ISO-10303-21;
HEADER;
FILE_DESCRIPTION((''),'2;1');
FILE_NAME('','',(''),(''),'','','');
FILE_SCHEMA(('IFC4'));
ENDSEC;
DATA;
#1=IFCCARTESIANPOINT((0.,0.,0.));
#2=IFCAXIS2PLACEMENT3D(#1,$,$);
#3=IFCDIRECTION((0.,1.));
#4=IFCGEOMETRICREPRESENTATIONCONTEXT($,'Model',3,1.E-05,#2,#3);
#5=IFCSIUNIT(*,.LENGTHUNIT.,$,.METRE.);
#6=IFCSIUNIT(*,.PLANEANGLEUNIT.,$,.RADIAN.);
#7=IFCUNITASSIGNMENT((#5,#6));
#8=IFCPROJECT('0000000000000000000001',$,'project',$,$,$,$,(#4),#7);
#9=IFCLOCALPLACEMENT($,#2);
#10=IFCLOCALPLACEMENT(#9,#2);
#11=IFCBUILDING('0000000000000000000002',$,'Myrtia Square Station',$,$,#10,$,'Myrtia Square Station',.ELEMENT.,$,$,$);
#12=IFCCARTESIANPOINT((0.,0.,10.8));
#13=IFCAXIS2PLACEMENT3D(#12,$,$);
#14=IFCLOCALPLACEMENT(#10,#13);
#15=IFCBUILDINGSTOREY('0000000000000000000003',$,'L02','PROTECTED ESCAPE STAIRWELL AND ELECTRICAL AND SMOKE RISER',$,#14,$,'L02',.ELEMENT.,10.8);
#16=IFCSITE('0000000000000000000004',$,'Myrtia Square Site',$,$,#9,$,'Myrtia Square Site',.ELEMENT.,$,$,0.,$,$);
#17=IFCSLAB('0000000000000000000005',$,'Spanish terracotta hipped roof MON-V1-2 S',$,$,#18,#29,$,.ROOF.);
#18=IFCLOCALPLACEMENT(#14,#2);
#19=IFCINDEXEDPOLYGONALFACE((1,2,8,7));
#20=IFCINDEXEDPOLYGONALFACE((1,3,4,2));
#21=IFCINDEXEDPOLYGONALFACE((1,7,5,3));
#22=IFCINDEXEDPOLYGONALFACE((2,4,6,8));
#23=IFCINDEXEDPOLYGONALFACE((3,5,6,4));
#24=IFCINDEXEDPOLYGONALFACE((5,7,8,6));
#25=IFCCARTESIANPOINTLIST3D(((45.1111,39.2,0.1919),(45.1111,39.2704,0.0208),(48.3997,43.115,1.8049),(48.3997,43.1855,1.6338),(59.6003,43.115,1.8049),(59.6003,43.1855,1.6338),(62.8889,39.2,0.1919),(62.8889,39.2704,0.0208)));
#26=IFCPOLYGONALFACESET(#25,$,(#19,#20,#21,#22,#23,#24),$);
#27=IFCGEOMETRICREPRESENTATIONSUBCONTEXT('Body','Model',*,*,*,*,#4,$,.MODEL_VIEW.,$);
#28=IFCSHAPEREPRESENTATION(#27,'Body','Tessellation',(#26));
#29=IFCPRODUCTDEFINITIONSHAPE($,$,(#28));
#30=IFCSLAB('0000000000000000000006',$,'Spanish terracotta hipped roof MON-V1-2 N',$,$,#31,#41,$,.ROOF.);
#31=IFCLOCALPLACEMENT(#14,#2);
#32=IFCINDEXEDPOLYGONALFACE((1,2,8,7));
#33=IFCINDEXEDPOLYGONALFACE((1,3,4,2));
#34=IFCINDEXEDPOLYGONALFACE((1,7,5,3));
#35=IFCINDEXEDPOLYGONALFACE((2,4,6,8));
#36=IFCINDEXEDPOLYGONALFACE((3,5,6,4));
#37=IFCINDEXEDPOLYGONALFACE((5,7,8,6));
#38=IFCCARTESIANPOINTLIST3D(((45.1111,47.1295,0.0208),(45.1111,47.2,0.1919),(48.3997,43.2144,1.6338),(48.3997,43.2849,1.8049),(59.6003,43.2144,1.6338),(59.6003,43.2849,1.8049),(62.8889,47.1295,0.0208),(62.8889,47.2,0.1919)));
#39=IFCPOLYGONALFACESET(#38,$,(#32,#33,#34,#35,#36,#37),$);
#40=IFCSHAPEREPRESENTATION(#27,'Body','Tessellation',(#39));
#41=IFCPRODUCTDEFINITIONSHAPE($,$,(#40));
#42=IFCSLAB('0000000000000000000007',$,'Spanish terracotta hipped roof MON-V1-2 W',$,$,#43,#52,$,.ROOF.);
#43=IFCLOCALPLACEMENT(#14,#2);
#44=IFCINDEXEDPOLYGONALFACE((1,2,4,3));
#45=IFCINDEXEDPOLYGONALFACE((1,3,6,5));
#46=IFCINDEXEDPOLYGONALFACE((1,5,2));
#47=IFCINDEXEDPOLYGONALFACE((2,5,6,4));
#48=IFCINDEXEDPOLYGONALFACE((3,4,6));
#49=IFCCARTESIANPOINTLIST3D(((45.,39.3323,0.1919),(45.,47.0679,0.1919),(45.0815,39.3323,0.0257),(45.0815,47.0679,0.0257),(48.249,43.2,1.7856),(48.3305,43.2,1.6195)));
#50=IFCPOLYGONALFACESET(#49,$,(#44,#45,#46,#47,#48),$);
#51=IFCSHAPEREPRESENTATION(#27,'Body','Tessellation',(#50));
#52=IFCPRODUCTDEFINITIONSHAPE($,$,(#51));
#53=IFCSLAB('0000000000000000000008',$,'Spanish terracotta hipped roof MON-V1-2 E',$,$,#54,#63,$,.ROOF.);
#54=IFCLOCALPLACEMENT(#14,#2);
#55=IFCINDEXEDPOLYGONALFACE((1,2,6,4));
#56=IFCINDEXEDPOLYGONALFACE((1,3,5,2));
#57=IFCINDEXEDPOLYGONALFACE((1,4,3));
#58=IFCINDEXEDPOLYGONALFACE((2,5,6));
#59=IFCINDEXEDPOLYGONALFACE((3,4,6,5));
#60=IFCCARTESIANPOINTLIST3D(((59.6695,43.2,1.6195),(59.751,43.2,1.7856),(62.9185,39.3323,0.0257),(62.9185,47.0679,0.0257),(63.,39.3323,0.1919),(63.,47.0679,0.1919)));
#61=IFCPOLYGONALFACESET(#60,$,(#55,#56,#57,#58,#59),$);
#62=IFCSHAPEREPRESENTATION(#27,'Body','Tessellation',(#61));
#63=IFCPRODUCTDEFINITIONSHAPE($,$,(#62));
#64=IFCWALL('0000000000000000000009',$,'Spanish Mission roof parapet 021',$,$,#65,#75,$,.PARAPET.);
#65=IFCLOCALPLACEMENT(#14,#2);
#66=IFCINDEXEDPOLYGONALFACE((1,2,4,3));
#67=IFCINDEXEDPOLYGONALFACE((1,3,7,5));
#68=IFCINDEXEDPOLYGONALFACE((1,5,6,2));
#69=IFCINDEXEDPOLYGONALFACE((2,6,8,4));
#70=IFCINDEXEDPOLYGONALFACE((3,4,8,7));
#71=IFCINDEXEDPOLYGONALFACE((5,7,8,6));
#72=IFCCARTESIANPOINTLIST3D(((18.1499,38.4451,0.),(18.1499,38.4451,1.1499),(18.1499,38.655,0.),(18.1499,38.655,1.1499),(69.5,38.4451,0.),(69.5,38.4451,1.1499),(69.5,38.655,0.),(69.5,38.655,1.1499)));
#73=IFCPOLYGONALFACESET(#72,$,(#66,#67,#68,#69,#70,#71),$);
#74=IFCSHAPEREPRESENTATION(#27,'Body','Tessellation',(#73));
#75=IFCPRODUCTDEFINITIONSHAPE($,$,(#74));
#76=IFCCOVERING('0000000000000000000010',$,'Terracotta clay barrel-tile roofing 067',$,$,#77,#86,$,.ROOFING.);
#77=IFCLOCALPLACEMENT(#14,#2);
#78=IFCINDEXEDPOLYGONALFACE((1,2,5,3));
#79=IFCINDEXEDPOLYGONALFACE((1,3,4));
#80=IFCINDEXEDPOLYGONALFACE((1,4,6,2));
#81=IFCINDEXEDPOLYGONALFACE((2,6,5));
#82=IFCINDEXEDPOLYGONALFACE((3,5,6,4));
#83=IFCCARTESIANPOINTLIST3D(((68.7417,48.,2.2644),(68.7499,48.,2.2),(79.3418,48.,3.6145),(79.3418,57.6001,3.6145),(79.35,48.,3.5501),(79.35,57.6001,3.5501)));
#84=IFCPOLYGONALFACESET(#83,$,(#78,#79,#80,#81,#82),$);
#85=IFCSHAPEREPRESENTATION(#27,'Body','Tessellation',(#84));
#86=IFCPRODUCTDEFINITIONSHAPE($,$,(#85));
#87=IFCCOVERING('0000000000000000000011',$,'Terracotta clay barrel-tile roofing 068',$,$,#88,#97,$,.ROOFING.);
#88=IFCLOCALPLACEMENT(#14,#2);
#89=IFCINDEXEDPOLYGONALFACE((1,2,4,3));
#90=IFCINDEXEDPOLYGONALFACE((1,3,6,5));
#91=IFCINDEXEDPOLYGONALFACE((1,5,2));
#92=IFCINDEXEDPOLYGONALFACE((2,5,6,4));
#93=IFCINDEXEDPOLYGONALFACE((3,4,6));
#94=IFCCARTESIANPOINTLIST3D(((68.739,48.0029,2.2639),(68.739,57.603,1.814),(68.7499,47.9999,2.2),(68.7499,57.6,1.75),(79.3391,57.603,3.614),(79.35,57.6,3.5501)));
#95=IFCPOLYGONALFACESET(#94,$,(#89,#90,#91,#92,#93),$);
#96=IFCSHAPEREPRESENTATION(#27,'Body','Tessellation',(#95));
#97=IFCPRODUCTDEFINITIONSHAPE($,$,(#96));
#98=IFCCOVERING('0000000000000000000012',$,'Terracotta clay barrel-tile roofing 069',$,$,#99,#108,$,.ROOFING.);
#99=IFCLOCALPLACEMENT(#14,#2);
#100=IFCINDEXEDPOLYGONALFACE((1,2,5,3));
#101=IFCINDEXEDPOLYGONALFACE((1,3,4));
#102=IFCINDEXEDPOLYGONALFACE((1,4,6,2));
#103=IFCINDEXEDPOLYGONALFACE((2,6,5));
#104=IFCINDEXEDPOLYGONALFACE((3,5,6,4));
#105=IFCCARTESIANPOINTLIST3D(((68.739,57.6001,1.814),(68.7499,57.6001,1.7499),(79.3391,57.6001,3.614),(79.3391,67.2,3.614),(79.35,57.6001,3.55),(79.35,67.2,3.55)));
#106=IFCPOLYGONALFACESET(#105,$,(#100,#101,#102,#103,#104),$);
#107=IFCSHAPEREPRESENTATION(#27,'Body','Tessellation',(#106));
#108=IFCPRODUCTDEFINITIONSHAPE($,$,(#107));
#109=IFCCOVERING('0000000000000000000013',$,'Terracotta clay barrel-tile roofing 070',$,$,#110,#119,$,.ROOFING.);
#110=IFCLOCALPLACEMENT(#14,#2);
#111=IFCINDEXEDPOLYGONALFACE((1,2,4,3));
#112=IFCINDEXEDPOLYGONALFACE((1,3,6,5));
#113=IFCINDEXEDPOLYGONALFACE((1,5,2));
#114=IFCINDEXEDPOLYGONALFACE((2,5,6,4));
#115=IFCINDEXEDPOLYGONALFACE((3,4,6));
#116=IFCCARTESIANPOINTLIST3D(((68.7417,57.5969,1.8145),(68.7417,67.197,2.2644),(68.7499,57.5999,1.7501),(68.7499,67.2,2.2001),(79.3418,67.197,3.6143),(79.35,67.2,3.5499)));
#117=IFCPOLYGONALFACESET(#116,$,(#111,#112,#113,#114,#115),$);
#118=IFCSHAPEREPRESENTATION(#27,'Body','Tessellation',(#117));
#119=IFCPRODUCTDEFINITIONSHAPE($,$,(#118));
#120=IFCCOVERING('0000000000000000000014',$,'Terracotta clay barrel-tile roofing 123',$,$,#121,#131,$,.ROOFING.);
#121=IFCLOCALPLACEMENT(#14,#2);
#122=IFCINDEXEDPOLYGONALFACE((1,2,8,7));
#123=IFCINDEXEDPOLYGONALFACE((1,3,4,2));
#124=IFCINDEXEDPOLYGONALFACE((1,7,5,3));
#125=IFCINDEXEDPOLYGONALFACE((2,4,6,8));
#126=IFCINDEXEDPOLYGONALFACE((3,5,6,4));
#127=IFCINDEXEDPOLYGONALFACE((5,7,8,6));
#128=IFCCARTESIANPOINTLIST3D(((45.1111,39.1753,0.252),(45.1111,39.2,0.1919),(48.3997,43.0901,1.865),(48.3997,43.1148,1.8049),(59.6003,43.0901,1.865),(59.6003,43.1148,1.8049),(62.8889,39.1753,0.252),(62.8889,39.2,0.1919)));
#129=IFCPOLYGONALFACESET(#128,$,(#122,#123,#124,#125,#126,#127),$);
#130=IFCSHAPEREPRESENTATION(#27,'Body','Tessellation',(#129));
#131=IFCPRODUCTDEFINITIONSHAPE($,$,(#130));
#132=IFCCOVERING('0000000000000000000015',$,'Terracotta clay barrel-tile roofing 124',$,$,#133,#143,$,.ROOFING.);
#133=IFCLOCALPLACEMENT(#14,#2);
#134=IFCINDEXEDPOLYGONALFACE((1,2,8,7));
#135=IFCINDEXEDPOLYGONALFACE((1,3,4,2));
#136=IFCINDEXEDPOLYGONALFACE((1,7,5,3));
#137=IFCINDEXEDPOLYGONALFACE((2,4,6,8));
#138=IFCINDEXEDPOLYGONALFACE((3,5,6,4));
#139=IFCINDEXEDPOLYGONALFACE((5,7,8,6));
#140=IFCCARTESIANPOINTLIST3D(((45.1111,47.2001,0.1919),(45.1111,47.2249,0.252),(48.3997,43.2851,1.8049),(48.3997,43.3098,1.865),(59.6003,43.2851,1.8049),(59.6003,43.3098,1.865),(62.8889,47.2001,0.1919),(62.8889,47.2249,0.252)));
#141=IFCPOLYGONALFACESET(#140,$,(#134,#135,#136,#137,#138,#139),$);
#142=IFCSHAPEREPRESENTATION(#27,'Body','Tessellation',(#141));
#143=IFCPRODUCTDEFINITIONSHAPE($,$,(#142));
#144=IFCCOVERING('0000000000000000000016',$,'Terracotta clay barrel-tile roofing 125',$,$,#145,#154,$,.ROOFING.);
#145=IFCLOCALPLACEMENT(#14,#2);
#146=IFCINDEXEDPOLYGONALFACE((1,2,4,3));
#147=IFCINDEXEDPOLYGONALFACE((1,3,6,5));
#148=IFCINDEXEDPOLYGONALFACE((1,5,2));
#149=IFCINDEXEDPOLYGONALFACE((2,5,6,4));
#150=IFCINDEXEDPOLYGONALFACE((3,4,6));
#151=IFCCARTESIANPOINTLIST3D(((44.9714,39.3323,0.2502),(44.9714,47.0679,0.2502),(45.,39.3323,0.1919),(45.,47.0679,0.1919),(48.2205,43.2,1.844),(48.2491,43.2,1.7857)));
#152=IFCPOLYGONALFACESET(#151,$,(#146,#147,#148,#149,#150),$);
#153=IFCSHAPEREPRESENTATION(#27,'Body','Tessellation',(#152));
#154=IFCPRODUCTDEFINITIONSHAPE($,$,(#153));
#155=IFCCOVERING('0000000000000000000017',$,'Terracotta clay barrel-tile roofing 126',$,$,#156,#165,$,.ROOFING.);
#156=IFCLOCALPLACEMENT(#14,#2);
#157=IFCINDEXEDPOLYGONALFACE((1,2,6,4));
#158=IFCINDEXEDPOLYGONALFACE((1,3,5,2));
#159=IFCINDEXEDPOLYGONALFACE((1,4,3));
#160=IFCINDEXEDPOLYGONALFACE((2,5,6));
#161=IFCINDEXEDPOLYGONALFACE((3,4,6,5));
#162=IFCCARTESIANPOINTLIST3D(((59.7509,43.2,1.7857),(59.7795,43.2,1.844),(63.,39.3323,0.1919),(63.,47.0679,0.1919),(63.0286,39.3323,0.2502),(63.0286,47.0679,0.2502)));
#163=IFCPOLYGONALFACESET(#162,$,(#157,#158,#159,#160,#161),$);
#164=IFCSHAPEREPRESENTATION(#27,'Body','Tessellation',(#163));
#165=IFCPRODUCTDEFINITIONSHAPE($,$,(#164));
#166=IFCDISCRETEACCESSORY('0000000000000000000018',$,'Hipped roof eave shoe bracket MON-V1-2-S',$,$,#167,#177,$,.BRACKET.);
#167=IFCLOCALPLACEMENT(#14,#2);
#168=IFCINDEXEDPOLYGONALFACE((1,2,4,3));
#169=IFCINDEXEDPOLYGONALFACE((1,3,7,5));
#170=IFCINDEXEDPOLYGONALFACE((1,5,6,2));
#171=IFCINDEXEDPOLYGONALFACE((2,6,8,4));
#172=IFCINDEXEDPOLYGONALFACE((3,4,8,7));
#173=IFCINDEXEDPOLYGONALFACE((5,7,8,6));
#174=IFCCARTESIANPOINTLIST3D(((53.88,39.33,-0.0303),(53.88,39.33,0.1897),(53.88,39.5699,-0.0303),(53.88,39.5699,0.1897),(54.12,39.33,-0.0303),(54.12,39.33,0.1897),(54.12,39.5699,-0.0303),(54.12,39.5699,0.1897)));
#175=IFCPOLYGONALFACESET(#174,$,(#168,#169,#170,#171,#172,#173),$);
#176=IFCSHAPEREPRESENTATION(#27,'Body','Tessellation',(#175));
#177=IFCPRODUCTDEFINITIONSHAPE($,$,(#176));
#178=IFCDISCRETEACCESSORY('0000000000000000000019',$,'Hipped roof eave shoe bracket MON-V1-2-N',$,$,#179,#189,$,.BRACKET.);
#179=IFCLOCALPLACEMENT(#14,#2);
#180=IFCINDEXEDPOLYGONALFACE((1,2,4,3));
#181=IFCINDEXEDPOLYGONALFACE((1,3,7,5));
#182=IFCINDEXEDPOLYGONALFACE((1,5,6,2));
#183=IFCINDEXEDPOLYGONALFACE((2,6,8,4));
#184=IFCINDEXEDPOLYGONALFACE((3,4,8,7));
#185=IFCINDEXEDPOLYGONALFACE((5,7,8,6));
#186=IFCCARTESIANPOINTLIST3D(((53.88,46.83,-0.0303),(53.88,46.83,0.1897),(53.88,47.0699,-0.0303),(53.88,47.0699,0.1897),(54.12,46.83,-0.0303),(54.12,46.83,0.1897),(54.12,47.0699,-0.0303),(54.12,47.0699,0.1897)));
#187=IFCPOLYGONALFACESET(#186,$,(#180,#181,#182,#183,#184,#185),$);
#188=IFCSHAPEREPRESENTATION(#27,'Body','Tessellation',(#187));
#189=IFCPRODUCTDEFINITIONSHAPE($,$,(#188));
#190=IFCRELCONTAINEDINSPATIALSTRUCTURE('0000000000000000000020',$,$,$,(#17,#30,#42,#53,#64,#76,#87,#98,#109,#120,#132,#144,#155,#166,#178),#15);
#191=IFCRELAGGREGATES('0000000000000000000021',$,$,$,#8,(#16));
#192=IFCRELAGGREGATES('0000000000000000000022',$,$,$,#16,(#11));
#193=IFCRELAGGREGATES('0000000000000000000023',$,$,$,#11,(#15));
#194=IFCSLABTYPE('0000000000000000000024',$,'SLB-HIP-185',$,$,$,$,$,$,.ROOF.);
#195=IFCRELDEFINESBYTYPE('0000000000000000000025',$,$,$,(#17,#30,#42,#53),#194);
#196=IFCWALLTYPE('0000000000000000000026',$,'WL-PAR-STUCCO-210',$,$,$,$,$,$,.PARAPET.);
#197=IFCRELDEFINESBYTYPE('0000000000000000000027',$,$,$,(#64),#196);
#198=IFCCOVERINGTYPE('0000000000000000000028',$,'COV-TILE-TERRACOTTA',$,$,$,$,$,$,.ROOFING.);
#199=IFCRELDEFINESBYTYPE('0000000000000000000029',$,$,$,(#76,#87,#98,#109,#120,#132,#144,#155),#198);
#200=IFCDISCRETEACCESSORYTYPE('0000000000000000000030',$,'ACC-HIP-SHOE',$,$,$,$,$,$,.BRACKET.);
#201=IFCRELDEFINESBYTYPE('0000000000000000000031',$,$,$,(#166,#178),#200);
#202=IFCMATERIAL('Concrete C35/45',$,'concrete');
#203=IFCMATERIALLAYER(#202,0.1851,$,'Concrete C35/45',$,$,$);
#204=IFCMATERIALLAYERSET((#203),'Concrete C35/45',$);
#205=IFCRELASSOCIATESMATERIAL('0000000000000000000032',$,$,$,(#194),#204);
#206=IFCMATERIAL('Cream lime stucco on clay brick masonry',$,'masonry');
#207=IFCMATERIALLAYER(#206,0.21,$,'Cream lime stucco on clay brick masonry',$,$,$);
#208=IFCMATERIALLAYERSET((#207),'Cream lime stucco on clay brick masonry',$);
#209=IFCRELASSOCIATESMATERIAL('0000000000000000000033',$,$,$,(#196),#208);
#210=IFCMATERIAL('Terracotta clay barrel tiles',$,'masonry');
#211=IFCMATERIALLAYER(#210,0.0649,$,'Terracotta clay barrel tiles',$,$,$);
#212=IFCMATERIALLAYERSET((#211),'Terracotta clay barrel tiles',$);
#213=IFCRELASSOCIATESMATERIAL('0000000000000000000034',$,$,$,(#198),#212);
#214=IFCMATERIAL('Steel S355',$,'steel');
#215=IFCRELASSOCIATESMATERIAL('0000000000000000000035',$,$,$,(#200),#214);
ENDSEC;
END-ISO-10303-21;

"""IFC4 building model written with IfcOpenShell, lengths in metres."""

from ifc_helpers import new_model, si_unit, direction, frame, frame_2d, origin, origin_2d, place, context, subcontext, project, spatial, polyline, rectangle, outline, extrude, material, layer, layer_set, type_object, element, save


model = new_model("IFC4")

# Units and contexts
model_context = context("Model", 3, precision=1e-05, world=origin(), true_north=direction((0.0, 1.0)))
body_context = subcontext(model_context, "Body", "Model", "MODEL_VIEW")
ifc_project = project(units=[si_unit("LENGTHUNIT", "METRE"), si_unit("PLANEANGLEUNIT", "RADIAN")], contexts=[model_context])

# Site, building, storey
site_placement = place(None, origin())
site = spatial("IfcSite", under=ifc_project, at=site_placement, Name="Myrtia Square Site", LongName="Myrtia Square Site", CompositionType="ELEMENT", RefElevation=0.0)
building_placement = place(site_placement, origin())
building = spatial("IfcBuilding", under=site, at=building_placement, Name="Myrtia Square Station", LongName="Myrtia Square Station", CompositionType="ELEMENT")
storey_placement = place(building_placement, frame((0.0, 0.0, 10.8)))
storey = spatial("IfcBuildingStorey", under=building, at=storey_placement, Name="L02", Description="PROTECTED ESCAPE STAIRWELL AND ELECTRICAL AND SMOKE RISER", LongName="L02", CompositionType="ELEMENT", Elevation=10.8)

# Shared definitions
ifc_material_1 = material(Name="Steel S355", Category="steel")

# Slabs
ifc_material_2 = material(Name="Concrete C35/45", Category="concrete")
ifc_layer_1 = layer(ifc_material_2, 0.1851, Name="Concrete C35/45")
ifc_layer_set_1 = layer_set([ifc_layer_1], Name="Concrete C35/45")
slab_type_1 = type_object("IfcSlabType", Name="SLB-HIP-185", PredefinedType="ROOF", material=ifc_layer_set_1)
for number, where, z_axis, x_axis, name in (
    (1, (45.1111, 39.2, 0.1919), (0.0, -0.380944, 0.924598), (1.0, 0.0, 0.0), "Spanish terracotta hipped roof MON-V1-2 S"),
    (2, (62.8889, 47.2, 0.1919), (0.0, 0.380944, 0.924598), (-1.0, 0.0, 0.0), "Spanish terracotta hipped roof MON-V1-2 N"),
):
    element("IfcSlab", number, at=place(storey_placement, frame(where, z_axis=z_axis, x_axis=x_axis)), inside=storey, type_object=slab_type_1, Name=name, PredefinedType="ROOF", context=body_context, shape_type="SweptSolid", body=[
        extrude(outline(polyline([(0.0, 0.0), (17.7778, 0.0), (14.4893, 4.2343), (3.2886, 4.2343), (0.0, 0.0)])), origin(), (0.0, 0.0, -1.0), 0.1851),
    ])
slab_1_placement = place(storey_placement, frame((45.0, 47.0679, 0.1919), z_axis=(-0.4404, 0.0, 0.897801), x_axis=(0.0, -1.0, 0.0)))
element("IfcSlab", 3, at=slab_1_placement, inside=storey, type_object=slab_type_1, Name="Spanish terracotta hipped roof MON-V1-2 W", PredefinedType="ROOF", context=body_context, shape_type="SweptSolid", body=[
    extrude(outline(polyline([(0.0, 0.0), (7.7356, 0.0), (3.8679, 3.6189), (0.0, 0.0)])), origin(), (0.0, 0.0, -1.0), 0.1851),
])
slab_2_placement = place(storey_placement, frame((63.0, 39.3323, 0.1919), z_axis=(0.4404, 0.0, 0.897801), x_axis=(0.0, 1.0, 0.0)))
element("IfcSlab", 4, at=slab_2_placement, inside=storey, type_object=slab_type_1, Name="Spanish terracotta hipped roof MON-V1-2 E", PredefinedType="ROOF", context=body_context, shape_type="SweptSolid", body=[
    extrude(outline(polyline([(0.0, 0.0), (7.7356, 0.0), (3.8677, 3.6189), (0.0, 0.0)])), origin(), (0.0, 0.0, -1.0), 0.1851),
])

# Wall
ifc_material_3 = material(Name="Cream lime stucco on clay brick masonry", Category="masonry")
ifc_layer_2 = layer(ifc_material_3, 0.21, Name="Cream lime stucco on clay brick masonry")
ifc_layer_set_2 = layer_set([ifc_layer_2], Name="Cream lime stucco on clay brick masonry")
wall_type = type_object("IfcWallType", Name="WL-PAR-STUCCO-210", PredefinedType="PARAPET", material=ifc_layer_set_2)
wall_placement = place(storey_placement, frame((18.1499, 38.55, 0.0), z_axis=(0.0, 0.0, 1.0), x_axis=(1.0, 0.0, 0.0)))
element("IfcWall", 5, at=wall_placement, inside=storey, type_object=wall_type, Name="Spanish Mission roof parapet 021", PredefinedType="PARAPET", context=body_context, shape_type="SweptSolid", body=[
    extrude(rectangle(XDim=51.3501, YDim=0.21, at=frame_2d((25.675, 0.0))), origin(), (0.0, 0.0, 1.0), 1.1499),
])

# Coverings
ifc_material_4 = material(Name="Terracotta clay barrel tiles", Category="masonry")
ifc_layer_3 = layer(ifc_material_4, 0.0649, Name="Terracotta clay barrel tiles")
ifc_layer_set_3 = layer_set([ifc_layer_3], Name="Terracotta clay barrel tiles")
covering_type = type_object("IfcCoveringType", Name="COV-TILE-TERRACOTTA", PredefinedType="ROOFING", material=ifc_layer_set_3)
covering_1_placement = place(storey_placement, frame((68.7417, 48.0, 2.2644), z_axis=(-0.126346, 0.0, 0.991986), x_axis=(0.991986, 0.0, 0.126346)))
element("IfcCovering", 6, at=covering_1_placement, inside=storey, type_object=covering_type, Name="Terracotta clay barrel-tile roofing 067", PredefinedType="ROOFING", context=body_context, shape_type="SweptSolid", body=[
    extrude(outline(polyline([(0.0, 0.0), (10.6857, 0.0), (10.6857, 9.6001), (0.0, 0.0)])), origin(), (0.0, 0.0, -1.0), 0.0649),
])
covering_2_placement = place(storey_placement, frame((68.739, 48.0029, 2.2639), z_axis=(-0.167239, 0.046159, 0.984835), x_axis=(0.737923, 0.668308, 0.093987)))
element("IfcCovering", 7, at=covering_2_placement, inside=storey, type_object=covering_type, Name="Terracotta clay barrel-tile roofing 068", PredefinedType="ROOFING", context=body_context, shape_type="SweptSolid", body=[
    extrude(outline(polyline([(0.0, 0.0), (14.3648, 0.0), (6.3735, 7.1932), (0.0, 0.0)])), origin(), (0.0, 0.0, -1.0), 0.0649),
])
covering_3_placement = place(storey_placement, frame((68.739, 57.6001, 1.814), z_axis=(-0.167418, 0.0, 0.985886), x_axis=(0.985886, 0.0, 0.167418)))
element("IfcCovering", 8, at=covering_3_placement, inside=storey, type_object=covering_type, Name="Terracotta clay barrel-tile roofing 069", PredefinedType="ROOFING", context=body_context, shape_type="SweptSolid", body=[
    extrude(outline(polyline([(0.0, 0.0), (10.7518, 0.0), (10.7518, 9.5999), (0.0, 0.0)])), origin(), (0.0, 0.0, -1.0), 0.0649),
])
covering_4_placement = place(storey_placement, frame((68.7417, 57.5969, 1.8145), z_axis=(-0.126187, -0.046444, 0.990919), x_axis=(0.735403, 0.666026, 0.124865)))
element("IfcCovering", 9, at=covering_4_placement, inside=storey, type_object=covering_type, Name="Terracotta clay barrel-tile roofing 070", PredefinedType="ROOFING", context=body_context, shape_type="SweptSolid", body=[
    extrude(outline(polyline([(0.0, 0.0), (14.414, 0.0), (6.4501, 7.1246), (0.0, 0.0)])), origin(), (0.0, 0.0, -1.0), 0.0649),
])
covering_5_placement = place(storey_placement, frame((45.1111, 39.1753, 0.252), z_axis=(0.0, -0.380964, 0.92459), x_axis=(1.0, 0.0, 0.0)))
element("IfcCovering", 10, at=covering_5_placement, inside=storey, type_object=covering_type, Name="Terracotta clay barrel-tile roofing 123", PredefinedType="ROOFING", context=body_context, shape_type="SweptSolid", body=[
    extrude(outline(polyline([(0.0, 0.0), (17.7778, 0.0), (14.4893, 4.2341), (3.2886, 4.2341), (0.0, 0.0)])), origin(), (0.0, 0.0, -1.0), 0.0649),
])
covering_6_placement = place(storey_placement, frame((62.8889, 47.2249, 0.252), z_axis=(0.0, 0.380944, 0.924598), x_axis=(-1.0, 0.0, 0.0)))
element("IfcCovering", 11, at=covering_6_placement, inside=storey, type_object=covering_type, Name="Terracotta clay barrel-tile roofing 124", PredefinedType="ROOFING", context=body_context, shape_type="SweptSolid", body=[
    extrude(outline(polyline([(0.0, 0.0), (17.7778, 0.0), (14.4893, 4.2343), (3.2886, 4.2343), (0.0, 0.0)])), origin(), (0.0, 0.0, -1.0), 0.0649),
])
covering_7_placement = place(storey_placement, frame((44.9714, 47.0679, 0.2502), z_axis=(-0.4404, 0.0, 0.897801), x_axis=(0.0, -1.0, 0.0)))
element("IfcCovering", 12, at=covering_7_placement, inside=storey, type_object=covering_type, Name="Terracotta clay barrel-tile roofing 125", PredefinedType="ROOFING", context=body_context, shape_type="SweptSolid", body=[
    extrude(outline(polyline([(0.0, 0.0), (7.7356, 0.0), (3.8679, 3.6189), (0.0, 0.0)])), origin(), (0.0, 0.0, -1.0), 0.0649),
])
covering_8_placement = place(storey_placement, frame((63.0286, 39.3323, 0.2502), z_axis=(0.4404, 0.0, 0.897801), x_axis=(0.0, 1.0, 0.0)))
element("IfcCovering", 13, at=covering_8_placement, inside=storey, type_object=covering_type, Name="Terracotta clay barrel-tile roofing 126", PredefinedType="ROOFING", context=body_context, shape_type="SweptSolid", body=[
    extrude(outline(polyline([(0.0, 0.0), (7.7356, 0.0), (3.8677, 3.6189), (0.0, 0.0)])), origin(), (0.0, 0.0, -1.0), 0.0649),
])

# Discrete accessories
discrete_accessory_type = type_object("IfcDiscreteAccessoryType", Name="ACC-HIP-SHOE", PredefinedType="BRACKET", material=ifc_material_1)
for number, where, z_axis, x_axis, name in (
    (14, (54.0, 39.45, -0.0303), (0.0, 0.0, 1.0), (1.0, 0.0, 0.0), "Hipped roof eave shoe bracket MON-V1-2-S"),
    (15, (54.0, 46.95, -0.0303), (0.0, 0.0, 1.0), (1.0, 0.0, 0.0), "Hipped roof eave shoe bracket MON-V1-2-N"),
):
    element("IfcDiscreteAccessory", number, at=place(storey_placement, frame(where, z_axis=z_axis, x_axis=x_axis)), inside=storey, type_object=discrete_accessory_type, Name=name, PredefinedType="BRACKET", context=body_context, shape_type="SweptSolid", body=[
        extrude(rectangle(XDim=0.24, YDim=0.24, at=origin_2d()), origin(), (0.0, 0.0, 1.0), 0.22),
    ])

save(model, "model.ifc")
